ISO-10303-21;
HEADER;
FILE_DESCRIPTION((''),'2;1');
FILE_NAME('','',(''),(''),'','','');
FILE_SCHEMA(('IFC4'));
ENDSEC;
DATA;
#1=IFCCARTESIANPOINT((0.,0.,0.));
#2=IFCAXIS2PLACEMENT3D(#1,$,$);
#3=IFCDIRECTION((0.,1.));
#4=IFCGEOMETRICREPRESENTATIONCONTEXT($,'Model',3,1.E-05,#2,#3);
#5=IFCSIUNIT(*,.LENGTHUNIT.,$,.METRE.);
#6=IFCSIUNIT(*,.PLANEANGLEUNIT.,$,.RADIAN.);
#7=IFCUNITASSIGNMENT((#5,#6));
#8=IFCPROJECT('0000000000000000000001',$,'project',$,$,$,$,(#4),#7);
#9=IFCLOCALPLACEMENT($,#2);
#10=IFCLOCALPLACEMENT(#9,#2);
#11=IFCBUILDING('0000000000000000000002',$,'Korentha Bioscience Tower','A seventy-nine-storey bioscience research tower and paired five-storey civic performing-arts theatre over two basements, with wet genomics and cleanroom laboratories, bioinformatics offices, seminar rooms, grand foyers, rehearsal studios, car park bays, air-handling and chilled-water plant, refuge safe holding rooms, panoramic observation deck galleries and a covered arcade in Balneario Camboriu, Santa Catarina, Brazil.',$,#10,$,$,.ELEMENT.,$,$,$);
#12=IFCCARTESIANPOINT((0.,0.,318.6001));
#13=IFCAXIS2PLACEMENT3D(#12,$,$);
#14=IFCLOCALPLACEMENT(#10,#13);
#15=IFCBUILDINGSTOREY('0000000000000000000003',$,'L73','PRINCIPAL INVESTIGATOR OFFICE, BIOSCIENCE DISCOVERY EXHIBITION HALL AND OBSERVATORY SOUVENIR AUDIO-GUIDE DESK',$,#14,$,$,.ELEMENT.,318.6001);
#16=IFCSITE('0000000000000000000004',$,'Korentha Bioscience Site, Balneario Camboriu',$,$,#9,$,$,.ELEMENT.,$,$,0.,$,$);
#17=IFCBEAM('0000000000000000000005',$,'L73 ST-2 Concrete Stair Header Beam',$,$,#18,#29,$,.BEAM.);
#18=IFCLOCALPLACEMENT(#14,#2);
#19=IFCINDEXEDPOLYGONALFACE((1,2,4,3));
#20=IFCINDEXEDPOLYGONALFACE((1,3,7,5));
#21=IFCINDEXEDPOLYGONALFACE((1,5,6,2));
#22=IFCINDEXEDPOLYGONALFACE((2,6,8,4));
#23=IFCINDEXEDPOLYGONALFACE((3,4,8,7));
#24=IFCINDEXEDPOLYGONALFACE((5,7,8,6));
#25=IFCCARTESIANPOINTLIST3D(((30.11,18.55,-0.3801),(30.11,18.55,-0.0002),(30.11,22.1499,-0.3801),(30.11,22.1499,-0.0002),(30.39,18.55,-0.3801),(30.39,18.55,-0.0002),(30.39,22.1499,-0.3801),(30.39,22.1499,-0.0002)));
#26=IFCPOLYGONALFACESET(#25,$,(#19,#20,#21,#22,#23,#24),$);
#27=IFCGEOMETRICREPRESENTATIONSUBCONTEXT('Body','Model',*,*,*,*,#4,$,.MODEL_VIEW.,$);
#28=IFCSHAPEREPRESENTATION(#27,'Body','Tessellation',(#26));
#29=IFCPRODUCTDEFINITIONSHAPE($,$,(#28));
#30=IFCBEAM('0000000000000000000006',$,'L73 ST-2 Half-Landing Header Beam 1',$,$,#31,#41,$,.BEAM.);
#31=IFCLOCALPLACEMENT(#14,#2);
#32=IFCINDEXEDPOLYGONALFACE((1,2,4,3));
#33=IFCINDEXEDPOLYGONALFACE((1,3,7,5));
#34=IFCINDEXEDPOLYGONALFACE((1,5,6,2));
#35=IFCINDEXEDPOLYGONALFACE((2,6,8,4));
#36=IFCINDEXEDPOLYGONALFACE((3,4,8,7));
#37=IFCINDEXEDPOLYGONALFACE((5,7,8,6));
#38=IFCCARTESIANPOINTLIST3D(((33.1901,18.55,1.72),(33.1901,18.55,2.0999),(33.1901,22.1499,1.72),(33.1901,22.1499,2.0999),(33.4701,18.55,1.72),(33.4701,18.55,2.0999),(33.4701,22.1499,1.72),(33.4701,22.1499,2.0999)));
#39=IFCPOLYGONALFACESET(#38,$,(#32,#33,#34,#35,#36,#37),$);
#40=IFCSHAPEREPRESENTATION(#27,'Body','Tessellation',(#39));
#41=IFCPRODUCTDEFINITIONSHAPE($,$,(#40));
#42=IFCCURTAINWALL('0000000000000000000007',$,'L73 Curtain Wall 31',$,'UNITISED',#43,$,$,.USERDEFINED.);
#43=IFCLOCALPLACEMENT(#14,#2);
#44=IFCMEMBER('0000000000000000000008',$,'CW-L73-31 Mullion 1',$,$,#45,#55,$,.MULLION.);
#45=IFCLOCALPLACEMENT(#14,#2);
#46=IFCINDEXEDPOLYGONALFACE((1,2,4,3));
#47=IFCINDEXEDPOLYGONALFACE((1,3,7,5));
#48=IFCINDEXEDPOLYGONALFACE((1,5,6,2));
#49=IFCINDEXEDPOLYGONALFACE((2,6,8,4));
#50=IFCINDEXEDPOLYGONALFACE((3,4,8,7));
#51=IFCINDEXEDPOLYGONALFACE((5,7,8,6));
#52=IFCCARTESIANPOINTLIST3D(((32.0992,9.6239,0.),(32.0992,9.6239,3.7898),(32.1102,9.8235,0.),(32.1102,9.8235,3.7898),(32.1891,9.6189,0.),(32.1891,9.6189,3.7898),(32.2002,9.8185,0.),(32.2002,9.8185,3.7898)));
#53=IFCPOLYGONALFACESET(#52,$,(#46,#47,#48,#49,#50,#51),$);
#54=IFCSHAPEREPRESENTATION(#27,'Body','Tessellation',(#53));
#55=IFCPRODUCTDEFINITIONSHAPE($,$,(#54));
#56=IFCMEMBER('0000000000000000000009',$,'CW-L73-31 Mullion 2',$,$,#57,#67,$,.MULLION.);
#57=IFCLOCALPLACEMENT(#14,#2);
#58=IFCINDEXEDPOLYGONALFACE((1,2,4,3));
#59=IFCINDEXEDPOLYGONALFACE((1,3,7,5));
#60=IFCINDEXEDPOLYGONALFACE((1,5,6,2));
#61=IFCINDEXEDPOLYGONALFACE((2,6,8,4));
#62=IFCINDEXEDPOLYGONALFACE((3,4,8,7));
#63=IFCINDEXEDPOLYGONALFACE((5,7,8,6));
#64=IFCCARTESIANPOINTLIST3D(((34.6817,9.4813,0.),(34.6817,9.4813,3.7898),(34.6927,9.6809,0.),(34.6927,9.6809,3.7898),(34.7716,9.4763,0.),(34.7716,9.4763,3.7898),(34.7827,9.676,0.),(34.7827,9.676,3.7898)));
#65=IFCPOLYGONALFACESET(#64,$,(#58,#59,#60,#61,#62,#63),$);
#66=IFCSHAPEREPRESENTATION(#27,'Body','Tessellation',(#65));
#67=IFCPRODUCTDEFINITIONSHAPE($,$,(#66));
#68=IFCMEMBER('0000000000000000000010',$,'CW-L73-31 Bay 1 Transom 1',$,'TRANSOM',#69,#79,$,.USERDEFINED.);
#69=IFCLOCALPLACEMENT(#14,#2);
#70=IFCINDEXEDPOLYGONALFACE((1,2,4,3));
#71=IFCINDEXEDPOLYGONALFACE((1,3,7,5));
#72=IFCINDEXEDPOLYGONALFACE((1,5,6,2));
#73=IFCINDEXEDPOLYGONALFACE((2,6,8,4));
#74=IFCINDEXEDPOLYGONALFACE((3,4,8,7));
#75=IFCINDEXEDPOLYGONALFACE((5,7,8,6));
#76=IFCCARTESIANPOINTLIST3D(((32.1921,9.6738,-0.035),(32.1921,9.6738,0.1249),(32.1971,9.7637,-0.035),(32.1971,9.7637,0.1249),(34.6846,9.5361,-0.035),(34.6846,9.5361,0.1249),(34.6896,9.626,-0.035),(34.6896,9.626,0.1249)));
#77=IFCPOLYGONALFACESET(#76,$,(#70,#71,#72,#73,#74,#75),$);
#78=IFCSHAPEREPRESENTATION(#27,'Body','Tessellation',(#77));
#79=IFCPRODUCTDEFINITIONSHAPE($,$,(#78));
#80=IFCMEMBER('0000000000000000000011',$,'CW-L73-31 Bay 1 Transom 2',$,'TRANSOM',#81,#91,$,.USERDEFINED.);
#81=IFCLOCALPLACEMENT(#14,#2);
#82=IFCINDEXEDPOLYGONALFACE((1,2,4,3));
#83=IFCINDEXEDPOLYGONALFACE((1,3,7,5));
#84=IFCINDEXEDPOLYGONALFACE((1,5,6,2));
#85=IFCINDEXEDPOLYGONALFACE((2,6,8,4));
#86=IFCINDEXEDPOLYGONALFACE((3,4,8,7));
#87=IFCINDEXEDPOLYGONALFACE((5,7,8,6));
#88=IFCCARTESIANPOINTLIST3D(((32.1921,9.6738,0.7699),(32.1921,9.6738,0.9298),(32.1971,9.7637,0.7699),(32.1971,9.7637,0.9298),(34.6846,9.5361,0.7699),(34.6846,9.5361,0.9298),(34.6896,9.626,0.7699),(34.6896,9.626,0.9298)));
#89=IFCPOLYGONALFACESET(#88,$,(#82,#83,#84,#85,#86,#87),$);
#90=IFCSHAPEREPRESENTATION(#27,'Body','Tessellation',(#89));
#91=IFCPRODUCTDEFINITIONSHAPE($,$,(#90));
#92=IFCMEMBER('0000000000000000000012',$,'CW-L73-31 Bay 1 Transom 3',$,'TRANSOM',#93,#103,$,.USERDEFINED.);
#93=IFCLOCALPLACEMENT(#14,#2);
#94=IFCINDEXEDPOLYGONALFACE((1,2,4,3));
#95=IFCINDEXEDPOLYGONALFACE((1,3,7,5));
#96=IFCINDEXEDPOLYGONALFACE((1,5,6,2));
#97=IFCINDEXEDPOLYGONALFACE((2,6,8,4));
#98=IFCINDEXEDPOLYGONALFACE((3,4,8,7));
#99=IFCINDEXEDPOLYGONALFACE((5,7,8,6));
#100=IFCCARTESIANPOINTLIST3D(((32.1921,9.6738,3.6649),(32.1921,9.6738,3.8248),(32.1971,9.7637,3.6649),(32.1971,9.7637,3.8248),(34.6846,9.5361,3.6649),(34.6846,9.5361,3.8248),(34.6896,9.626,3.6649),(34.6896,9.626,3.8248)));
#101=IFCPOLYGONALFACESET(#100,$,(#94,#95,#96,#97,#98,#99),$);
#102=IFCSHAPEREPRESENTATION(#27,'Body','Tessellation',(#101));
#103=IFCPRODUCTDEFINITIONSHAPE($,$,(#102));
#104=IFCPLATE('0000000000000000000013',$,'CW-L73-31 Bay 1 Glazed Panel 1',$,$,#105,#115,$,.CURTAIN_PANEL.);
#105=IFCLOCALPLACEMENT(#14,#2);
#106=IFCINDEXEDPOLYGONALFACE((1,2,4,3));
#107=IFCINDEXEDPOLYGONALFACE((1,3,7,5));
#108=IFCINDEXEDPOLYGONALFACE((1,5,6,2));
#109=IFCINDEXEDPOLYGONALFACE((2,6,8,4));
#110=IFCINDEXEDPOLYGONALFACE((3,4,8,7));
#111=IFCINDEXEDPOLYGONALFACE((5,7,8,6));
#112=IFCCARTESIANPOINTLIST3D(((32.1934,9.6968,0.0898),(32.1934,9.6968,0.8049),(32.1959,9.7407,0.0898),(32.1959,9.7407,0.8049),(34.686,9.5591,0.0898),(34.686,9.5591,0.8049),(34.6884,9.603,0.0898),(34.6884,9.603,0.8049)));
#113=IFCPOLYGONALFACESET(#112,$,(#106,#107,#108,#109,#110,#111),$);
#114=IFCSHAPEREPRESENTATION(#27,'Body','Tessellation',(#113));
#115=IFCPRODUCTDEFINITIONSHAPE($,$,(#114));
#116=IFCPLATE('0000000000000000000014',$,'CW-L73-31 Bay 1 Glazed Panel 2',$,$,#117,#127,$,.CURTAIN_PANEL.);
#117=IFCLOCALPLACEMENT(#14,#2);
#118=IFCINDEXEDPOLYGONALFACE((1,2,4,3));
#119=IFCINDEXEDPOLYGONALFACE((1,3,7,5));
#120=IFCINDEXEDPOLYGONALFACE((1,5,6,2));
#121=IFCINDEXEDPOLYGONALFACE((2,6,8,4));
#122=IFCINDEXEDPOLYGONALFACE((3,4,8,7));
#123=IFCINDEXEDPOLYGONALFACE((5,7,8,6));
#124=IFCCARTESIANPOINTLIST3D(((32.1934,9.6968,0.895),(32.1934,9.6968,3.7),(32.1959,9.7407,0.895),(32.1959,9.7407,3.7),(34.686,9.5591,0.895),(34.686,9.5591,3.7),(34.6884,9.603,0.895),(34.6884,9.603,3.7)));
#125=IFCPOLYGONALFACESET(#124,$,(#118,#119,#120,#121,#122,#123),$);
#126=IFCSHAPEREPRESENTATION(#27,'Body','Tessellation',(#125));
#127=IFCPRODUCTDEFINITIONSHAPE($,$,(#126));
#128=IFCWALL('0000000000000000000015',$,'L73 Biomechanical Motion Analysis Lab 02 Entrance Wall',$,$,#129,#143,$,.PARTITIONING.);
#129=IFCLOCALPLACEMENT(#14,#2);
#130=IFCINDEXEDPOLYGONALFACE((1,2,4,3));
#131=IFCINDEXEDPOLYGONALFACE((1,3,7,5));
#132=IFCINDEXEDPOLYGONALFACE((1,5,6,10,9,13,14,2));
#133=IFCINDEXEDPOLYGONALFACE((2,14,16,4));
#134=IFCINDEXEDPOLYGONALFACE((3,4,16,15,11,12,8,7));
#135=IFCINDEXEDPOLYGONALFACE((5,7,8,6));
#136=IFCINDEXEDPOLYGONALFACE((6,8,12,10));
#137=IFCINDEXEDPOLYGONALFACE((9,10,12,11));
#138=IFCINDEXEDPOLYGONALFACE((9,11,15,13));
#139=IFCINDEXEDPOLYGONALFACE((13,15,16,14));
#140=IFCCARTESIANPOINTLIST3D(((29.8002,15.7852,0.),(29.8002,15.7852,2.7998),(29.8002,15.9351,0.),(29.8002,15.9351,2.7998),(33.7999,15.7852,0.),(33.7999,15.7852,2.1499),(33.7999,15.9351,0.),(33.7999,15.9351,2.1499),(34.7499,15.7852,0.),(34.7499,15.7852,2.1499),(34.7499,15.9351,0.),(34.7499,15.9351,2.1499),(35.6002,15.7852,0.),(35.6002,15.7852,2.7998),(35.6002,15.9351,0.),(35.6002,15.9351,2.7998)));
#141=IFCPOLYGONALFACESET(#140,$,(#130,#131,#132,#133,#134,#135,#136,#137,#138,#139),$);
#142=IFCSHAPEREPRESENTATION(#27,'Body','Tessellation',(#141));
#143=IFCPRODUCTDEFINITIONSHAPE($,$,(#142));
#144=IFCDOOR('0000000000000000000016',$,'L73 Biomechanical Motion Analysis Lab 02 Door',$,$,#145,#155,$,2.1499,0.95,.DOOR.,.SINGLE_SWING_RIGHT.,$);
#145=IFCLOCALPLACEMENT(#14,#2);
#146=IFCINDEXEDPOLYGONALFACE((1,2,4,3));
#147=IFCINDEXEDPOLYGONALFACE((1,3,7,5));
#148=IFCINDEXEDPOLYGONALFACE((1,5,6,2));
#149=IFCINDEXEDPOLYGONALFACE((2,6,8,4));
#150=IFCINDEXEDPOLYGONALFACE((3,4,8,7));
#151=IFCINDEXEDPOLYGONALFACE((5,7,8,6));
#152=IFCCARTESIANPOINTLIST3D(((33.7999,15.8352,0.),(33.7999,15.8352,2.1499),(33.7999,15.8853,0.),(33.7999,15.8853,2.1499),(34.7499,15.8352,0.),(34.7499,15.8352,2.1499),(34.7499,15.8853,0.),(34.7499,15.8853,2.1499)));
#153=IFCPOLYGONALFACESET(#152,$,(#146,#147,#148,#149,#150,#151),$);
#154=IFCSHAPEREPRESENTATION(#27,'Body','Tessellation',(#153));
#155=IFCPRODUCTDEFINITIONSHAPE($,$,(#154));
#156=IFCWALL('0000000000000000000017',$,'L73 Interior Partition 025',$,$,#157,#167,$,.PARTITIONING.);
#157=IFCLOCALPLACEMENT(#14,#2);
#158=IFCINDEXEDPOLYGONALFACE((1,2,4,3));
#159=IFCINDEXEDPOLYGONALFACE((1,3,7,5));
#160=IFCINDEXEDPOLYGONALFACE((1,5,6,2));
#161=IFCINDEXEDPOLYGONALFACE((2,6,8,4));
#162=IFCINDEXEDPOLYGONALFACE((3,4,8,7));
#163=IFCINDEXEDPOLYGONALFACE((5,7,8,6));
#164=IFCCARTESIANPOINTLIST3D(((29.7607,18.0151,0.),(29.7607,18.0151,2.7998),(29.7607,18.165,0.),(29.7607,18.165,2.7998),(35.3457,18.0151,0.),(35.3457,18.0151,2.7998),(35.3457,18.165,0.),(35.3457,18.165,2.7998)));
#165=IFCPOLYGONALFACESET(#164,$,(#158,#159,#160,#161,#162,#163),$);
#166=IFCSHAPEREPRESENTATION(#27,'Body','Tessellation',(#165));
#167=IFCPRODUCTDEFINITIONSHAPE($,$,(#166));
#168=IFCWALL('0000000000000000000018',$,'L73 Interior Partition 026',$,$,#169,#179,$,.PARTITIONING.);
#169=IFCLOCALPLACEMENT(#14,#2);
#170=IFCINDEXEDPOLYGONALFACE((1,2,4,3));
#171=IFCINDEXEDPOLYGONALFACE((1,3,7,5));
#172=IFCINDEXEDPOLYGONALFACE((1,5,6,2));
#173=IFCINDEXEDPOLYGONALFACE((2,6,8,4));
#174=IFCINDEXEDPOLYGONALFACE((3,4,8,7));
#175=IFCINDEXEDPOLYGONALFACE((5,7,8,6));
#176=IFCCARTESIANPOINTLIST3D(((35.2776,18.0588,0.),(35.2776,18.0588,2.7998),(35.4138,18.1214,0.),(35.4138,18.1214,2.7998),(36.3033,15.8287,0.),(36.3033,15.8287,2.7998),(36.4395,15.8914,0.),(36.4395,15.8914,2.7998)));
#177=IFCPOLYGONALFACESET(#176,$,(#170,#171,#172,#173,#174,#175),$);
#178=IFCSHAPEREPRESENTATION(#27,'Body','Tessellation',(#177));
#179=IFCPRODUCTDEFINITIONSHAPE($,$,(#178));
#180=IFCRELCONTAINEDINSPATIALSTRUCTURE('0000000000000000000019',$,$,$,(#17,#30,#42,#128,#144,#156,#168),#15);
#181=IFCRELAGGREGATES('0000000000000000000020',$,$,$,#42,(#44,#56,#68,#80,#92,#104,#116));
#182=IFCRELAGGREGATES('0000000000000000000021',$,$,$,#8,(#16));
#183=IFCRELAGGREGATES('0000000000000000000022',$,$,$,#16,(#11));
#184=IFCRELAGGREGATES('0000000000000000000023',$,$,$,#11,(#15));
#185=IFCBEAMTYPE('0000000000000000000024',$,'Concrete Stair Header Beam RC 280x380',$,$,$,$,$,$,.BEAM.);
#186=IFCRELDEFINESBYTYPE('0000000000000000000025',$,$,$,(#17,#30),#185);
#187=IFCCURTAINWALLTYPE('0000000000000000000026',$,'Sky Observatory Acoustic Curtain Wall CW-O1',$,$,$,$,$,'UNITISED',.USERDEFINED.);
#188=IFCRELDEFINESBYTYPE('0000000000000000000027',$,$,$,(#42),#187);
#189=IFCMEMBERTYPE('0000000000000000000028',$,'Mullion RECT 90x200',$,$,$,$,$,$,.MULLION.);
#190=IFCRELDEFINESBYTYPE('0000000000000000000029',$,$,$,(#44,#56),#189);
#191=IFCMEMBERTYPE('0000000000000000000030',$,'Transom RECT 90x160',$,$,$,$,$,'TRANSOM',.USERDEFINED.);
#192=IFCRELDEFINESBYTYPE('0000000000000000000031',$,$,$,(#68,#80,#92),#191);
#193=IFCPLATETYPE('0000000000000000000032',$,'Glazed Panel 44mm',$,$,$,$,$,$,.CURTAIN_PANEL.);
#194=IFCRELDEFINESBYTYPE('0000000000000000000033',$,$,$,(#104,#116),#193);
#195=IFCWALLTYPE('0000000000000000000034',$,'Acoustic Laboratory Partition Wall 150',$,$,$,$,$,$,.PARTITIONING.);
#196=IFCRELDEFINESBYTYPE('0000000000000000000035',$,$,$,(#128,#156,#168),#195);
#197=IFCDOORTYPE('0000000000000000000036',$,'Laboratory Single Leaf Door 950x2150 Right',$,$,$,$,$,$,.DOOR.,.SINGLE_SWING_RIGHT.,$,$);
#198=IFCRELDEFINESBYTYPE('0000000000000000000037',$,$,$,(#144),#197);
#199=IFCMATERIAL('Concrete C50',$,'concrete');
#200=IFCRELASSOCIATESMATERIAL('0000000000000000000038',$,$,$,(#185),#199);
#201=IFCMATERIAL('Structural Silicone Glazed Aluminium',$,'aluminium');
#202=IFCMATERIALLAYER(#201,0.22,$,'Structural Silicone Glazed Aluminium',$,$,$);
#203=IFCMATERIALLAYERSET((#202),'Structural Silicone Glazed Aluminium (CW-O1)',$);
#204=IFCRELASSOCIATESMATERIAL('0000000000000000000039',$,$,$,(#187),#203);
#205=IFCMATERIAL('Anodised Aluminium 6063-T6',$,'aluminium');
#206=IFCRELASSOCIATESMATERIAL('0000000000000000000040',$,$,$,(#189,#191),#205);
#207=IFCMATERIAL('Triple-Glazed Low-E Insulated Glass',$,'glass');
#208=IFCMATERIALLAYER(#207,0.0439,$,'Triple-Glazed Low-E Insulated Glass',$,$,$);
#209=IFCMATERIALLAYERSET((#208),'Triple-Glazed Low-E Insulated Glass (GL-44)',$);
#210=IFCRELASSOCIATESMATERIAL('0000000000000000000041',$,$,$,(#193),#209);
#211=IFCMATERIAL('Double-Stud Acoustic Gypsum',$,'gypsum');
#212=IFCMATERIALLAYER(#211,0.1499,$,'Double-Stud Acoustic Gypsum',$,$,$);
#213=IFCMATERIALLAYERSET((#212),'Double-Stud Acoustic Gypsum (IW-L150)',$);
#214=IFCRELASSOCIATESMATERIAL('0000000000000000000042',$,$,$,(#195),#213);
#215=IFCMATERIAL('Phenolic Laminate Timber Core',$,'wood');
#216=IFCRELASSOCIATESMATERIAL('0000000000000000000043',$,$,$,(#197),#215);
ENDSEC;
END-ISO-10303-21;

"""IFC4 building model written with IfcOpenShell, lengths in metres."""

from ifc_helpers import new_model, si_unit, direction, frame, frame_2d, origin, origin_2d, place, context, subcontext, project, spatial, rectangle, extrude, material, layer, layer_set, material_profile, profile_set, type_object, element, fill, aggregate, save


model = new_model("IFC4")

# Units and contexts
model_context = context("Model", 3, precision=1e-05, world=origin(), true_north=direction((0.0, 1.0)))
body_context = subcontext(model_context, "Body", "Model", "MODEL_VIEW")
ifc_project = project(units=[si_unit("LENGTHUNIT", "METRE"), si_unit("PLANEANGLEUNIT", "RADIAN")], contexts=[model_context])

# Site, building, storey
site_placement = place(None, origin())
site = spatial("IfcSite", under=ifc_project, at=site_placement, Name="Korentha Bioscience Site, Balneario Camboriu", CompositionType="ELEMENT", RefElevation=0.0)
building_placement = place(site_placement, origin())
building = spatial("IfcBuilding", under=site, at=building_placement, Name="Korentha Bioscience Tower", Description="A seventy-nine-storey bioscience research tower and paired five-storey civic performing-arts theatre over two basements, with wet genomics and cleanroom laboratories, bioinformatics offices, seminar rooms, grand foyers, rehearsal studios, car park bays, air-handling and chilled-water plant, refuge safe holding rooms, panoramic observation deck galleries and a covered arcade in Balneario Camboriu, Santa Catarina, Brazil.", CompositionType="ELEMENT")
storey_placement = place(building_placement, frame((0.0, 0.0, 318.6001)))
storey = spatial("IfcBuildingStorey", under=building, at=storey_placement, Name="L73", Description="PRINCIPAL INVESTIGATOR OFFICE, BIOSCIENCE DISCOVERY EXHIBITION HALL AND OBSERVATORY SOUVENIR AUDIO-GUIDE DESK", CompositionType="ELEMENT", Elevation=318.6001)

# Beams
ifc_material_1 = material(Name="Concrete C50", Category="concrete")
ifc_material_profile_1 = material_profile(ifc_material_1, rectangle(XDim=0.28, YDim=0.3799, at=origin_2d()), Name="Concrete C50")
ifc_profile_set_1 = profile_set([ifc_material_profile_1], Name="Concrete C50 (ST-HB380)")
beam_type = type_object("IfcBeamType", Name="Concrete Stair Header Beam RC 280x380", PredefinedType="BEAM", material=ifc_profile_set_1)
for number, where, z_axis, x_axis, name in (
    (1, (30.25, 18.55, -0.1902), (0.0, 1.0, 0.0), (-1.0, 0.0, 0.0), "L73 ST-2 Concrete Stair Header Beam"),
    (2, (33.3301, 18.55, 1.9099), (0.0, 1.0, 0.0), (-1.0, 0.0, 0.0), "L73 ST-2 Half-Landing Header Beam 1"),
):
    element("IfcBeam", number, at=place(storey_placement, frame(where, z_axis=z_axis, x_axis=x_axis)), inside=storey, type_object=beam_type, Name=name, PredefinedType="BEAM", context=body_context, shape_type="SweptSolid", body=[
        extrude(rectangle(XDim=0.28, YDim=0.3799, at=origin_2d()), origin(), (0.0, 0.0, 1.0), 3.5999),
    ])

# Curtain wall, members, plates
ifc_material_2 = material(Name="Structural Silicone Glazed Aluminium", Category="aluminium")
ifc_layer_1 = layer(ifc_material_2, 0.22, Name="Structural Silicone Glazed Aluminium")
ifc_layer_set_1 = layer_set([ifc_layer_1], Name="Structural Silicone Glazed Aluminium (CW-O1)")
curtain_wall_type = type_object("IfcCurtainWallType", Name="Sky Observatory Acoustic Curtain Wall CW-O1", ElementType="UNITISED", PredefinedType="USERDEFINED", material=ifc_layer_set_1)
curtain_wall_placement = place(storey_placement, origin())
curtain_wall = element("IfcCurtainWall", 3, at=curtain_wall_placement, inside=storey, type_object=curtain_wall_type, Name="L73 Curtain Wall 31", ObjectType="UNITISED", PredefinedType="USERDEFINED")
ifc_material_3 = material(Name="Anodised Aluminium 6063-T6", Category="aluminium")
ifc_material_profile_2 = material_profile(ifc_material_3, rectangle(XDim=0.0901, YDim=0.2, at=origin_2d()), Name="Anodised Aluminium 6063-T6")
ifc_profile_set_2 = profile_set([ifc_material_profile_2], Name="Anodised Aluminium 6063-T6 (CW-MUL)")
member_type_1 = type_object("IfcMemberType", Name="Mullion RECT 90x200", PredefinedType="MULLION", material=ifc_profile_set_2)
member_1_placement = place(storey_placement, frame((32.1497, 9.7212, 0.0), z_axis=(0.0, 0.0, 1.0), x_axis=(0.998476, -0.055189, 0.0)))
member_1 = element("IfcMember", 4, at=member_1_placement, type_object=member_type_1, Name="CW-L73-31 Mullion 1", PredefinedType="MULLION", context=body_context, shape_type="SweptSolid", body=[
    extrude(rectangle(XDim=0.0901, YDim=0.2, at=origin_2d()), origin(), (0.0, 0.0, 1.0), 3.7898),
])
member_2_placement = place(storey_placement, frame((34.7322, 9.5786, 0.0), z_axis=(0.0, 0.0, 1.0), x_axis=(0.998476, -0.055189, 0.0)))
member_2 = element("IfcMember", 5, at=member_2_placement, type_object=member_type_1, Name="CW-L73-31 Mullion 2", PredefinedType="MULLION", context=body_context, shape_type="SweptSolid", body=[
    extrude(rectangle(XDim=0.0901, YDim=0.2, at=origin_2d()), origin(), (0.0, 0.0, 1.0), 3.7898),
])
ifc_material_profile_3 = material_profile(ifc_material_3, rectangle(XDim=0.0901, YDim=0.1599, at=origin_2d()), Name="Anodised Aluminium 6063-T6")
ifc_profile_set_3 = profile_set([ifc_material_profile_3], Name="Anodised Aluminium 6063-T6 (CW-TRN)")
member_type_2 = type_object("IfcMemberType", Name="Transom RECT 90x160", ElementType="TRANSOM", PredefinedType="USERDEFINED", material=ifc_profile_set_3)
member_3_placement = place(storey_placement, frame((32.1946, 9.7188, 0.0449), z_axis=(0.998477, -0.055161, 0.0), x_axis=(0.055161, 0.998477, 0.0)))
member_3 = element("IfcMember", 6, at=member_3_placement, type_object=member_type_2, Name="CW-L73-31 Bay 1 Transom 1", ObjectType="TRANSOM", PredefinedType="USERDEFINED", context=body_context, shape_type="SweptSolid", body=[
    extrude(rectangle(XDim=0.0901, YDim=0.1599, at=origin_2d()), origin(), (0.0, 0.0, 1.0), 2.4963),
])
member_4_placement = place(storey_placement, frame((32.1946, 9.7188, 0.8499), z_axis=(0.998477, -0.055161, 0.0), x_axis=(0.055161, 0.998477, 0.0)))
member_4 = element("IfcMember", 7, at=member_4_placement, type_object=member_type_2, Name="CW-L73-31 Bay 1 Transom 2", ObjectType="TRANSOM", PredefinedType="USERDEFINED", context=body_context, shape_type="SweptSolid", body=[
    extrude(rectangle(XDim=0.0901, YDim=0.1599, at=origin_2d()), origin(), (0.0, 0.0, 1.0), 2.4963),
])
member_5_placement = place(storey_placement, frame((32.1946, 9.7188, 3.7449), z_axis=(0.998477, -0.055161, 0.0), x_axis=(0.055161, 0.998477, 0.0)))
member_5 = element("IfcMember", 8, at=member_5_placement, type_object=member_type_2, Name="CW-L73-31 Bay 1 Transom 3", ObjectType="TRANSOM", PredefinedType="USERDEFINED", context=body_context, shape_type="SweptSolid", body=[
    extrude(rectangle(XDim=0.0901, YDim=0.1599, at=origin_2d()), origin(), (0.0, 0.0, 1.0), 2.4963),
])
ifc_material_4 = material(Name="Triple-Glazed Low-E Insulated Glass", Category="glass")
ifc_layer_2 = layer(ifc_material_4, 0.0439, Name="Triple-Glazed Low-E Insulated Glass")
ifc_layer_set_2 = layer_set([ifc_layer_2], Name="Triple-Glazed Low-E Insulated Glass (GL-44)")
plate_type = type_object("IfcPlateType", Name="Glazed Panel 44mm", PredefinedType="CURTAIN_PANEL", material=ifc_layer_set_2)
plate_1_placement = place(storey_placement, frame((33.4409, 9.6499, 0.0898), z_axis=(0.0, 0.0, 1.0), x_axis=(0.998476, -0.055189, 0.0)))
plate_1 = element("IfcPlate", 9, at=plate_1_placement, type_object=plate_type, Name="CW-L73-31 Bay 1 Glazed Panel 1", PredefinedType="CURTAIN_PANEL", context=body_context, shape_type="SweptSolid", body=[
    extrude(rectangle(XDim=2.4963, YDim=0.0439, at=origin_2d()), origin(), (0.0, 0.0, 1.0), 0.7151),
])
plate_2_placement = place(storey_placement, frame((33.4409, 9.6499, 0.895), z_axis=(0.0, 0.0, 1.0), x_axis=(0.998476, -0.055189, 0.0)))
plate_2 = element("IfcPlate", 10, at=plate_2_placement, type_object=plate_type, Name="CW-L73-31 Bay 1 Glazed Panel 2", PredefinedType="CURTAIN_PANEL", context=body_context, shape_type="SweptSolid", body=[
    extrude(rectangle(XDim=2.4963, YDim=0.0439, at=origin_2d()), origin(), (0.0, 0.0, 1.0), 2.8049),
])
aggregate(curtain_wall, [member_1, member_2, member_3, member_4, member_5, plate_1, plate_2])

# Wall, opening, door
ifc_material_5 = material(Name="Double-Stud Acoustic Gypsum", Category="gypsum")
ifc_layer_3 = layer(ifc_material_5, 0.1499, Name="Double-Stud Acoustic Gypsum")
ifc_layer_set_3 = layer_set([ifc_layer_3], Name="Double-Stud Acoustic Gypsum (IW-L150)")
wall_type_1 = type_object("IfcWallType", Name="Acoustic Laboratory Partition Wall 150", PredefinedType="PARTITIONING", material=ifc_layer_set_3)
wall_1_placement = place(storey_placement, frame((35.6001, 15.8601, 0.0), z_axis=(0.0, 0.0, 1.0), x_axis=(-1.0, 0.0, 0.0)))
wall_1 = element("IfcWall", 11, at=wall_1_placement, inside=storey, type_object=wall_type_1, Name="L73 Biomechanical Motion Analysis Lab 02 Entrance Wall", PredefinedType="PARTITIONING", context=body_context, shape_type="SweptSolid", body=[
    extrude(rectangle(XDim=5.8, YDim=0.1499, at=frame_2d((2.8999, 0.0))), origin(), (0.0, 0.0, 1.0), 2.7998),
])
opening_placement = place(wall_1_placement, frame((0.8501, 0.0, 0.0)))
opening = element("IfcOpeningElement", 12, at=opening_placement, cuts=wall_1, PredefinedType="OPENING", context=body_context, shape_type="SweptSolid", body=[
    extrude(rectangle(XDim=0.95, YDim=2.1499, at=frame_2d((0.4751, 1.075))), frame((0.0, 0.0898, 0.0), z_axis=(0.0, -1.0, 0.0), x_axis=(1.0, 0.0, 0.0)), (0.0, 0.0, 1.0), 0.1797),
])
ifc_material_6 = material(Name="Phenolic Laminate Timber Core", Category="wood")
door_type = type_object("IfcDoorType", Name="Laboratory Single Leaf Door 950x2150 Right", OperationType="SINGLE_SWING_RIGHT", PredefinedType="DOOR", material=ifc_material_6)
door_placement = place(opening_placement, origin())
door = element("IfcDoor", 13, at=door_placement, inside=storey, type_object=door_type, Name="L73 Biomechanical Motion Analysis Lab 02 Door", OperationType="SINGLE_SWING_RIGHT", OverallHeight=2.1499, OverallWidth=0.95, PredefinedType="DOOR", context=body_context, shape_type="SweptSolid", body=[
    extrude(rectangle(XDim=0.95, YDim=2.1499, at=frame_2d((0.4751, 1.075))), frame((0.0, 0.0249, 0.0), z_axis=(0.0, -1.0, 0.0), x_axis=(1.0, 0.0, 0.0)), (0.0, 0.0, 1.0), 0.05),
])
fill(opening, door)

# Walls
wall_2_placement = place(storey_placement, frame((29.7607, 18.0901, 0.0), z_axis=(0.0, 0.0, 1.0), x_axis=(1.0, 0.0, 0.0)))
element("IfcWall", 14, at=wall_2_placement, inside=storey, type_object=wall_type_1, Name="L73 Interior Partition 025", PredefinedType="PARTITIONING", context=body_context, shape_type="SweptSolid", body=[
    extrude(rectangle(XDim=5.585, YDim=0.1499, at=frame_2d((2.7925, 0.0))), origin(), (0.0, 0.0, 1.0), 2.7998),
])
wall_3_placement = place(storey_placement, frame((35.3457, 18.0901, 0.0), z_axis=(0.0, 0.0, 1.0), x_axis=(0.417853, -0.908515, 0.0)))
element("IfcWall", 15, at=wall_3_placement, inside=storey, type_object=wall_type_1, Name="L73 Interior Partition 026", PredefinedType="PARTITIONING", context=body_context, shape_type="SweptSolid", body=[
    extrude(rectangle(XDim=2.4546, YDim=0.1499, at=frame_2d((1.2273, 0.0))), origin(), (0.0, 0.0, 1.0), 2.7998),
])

save(model, "model.ifc")
